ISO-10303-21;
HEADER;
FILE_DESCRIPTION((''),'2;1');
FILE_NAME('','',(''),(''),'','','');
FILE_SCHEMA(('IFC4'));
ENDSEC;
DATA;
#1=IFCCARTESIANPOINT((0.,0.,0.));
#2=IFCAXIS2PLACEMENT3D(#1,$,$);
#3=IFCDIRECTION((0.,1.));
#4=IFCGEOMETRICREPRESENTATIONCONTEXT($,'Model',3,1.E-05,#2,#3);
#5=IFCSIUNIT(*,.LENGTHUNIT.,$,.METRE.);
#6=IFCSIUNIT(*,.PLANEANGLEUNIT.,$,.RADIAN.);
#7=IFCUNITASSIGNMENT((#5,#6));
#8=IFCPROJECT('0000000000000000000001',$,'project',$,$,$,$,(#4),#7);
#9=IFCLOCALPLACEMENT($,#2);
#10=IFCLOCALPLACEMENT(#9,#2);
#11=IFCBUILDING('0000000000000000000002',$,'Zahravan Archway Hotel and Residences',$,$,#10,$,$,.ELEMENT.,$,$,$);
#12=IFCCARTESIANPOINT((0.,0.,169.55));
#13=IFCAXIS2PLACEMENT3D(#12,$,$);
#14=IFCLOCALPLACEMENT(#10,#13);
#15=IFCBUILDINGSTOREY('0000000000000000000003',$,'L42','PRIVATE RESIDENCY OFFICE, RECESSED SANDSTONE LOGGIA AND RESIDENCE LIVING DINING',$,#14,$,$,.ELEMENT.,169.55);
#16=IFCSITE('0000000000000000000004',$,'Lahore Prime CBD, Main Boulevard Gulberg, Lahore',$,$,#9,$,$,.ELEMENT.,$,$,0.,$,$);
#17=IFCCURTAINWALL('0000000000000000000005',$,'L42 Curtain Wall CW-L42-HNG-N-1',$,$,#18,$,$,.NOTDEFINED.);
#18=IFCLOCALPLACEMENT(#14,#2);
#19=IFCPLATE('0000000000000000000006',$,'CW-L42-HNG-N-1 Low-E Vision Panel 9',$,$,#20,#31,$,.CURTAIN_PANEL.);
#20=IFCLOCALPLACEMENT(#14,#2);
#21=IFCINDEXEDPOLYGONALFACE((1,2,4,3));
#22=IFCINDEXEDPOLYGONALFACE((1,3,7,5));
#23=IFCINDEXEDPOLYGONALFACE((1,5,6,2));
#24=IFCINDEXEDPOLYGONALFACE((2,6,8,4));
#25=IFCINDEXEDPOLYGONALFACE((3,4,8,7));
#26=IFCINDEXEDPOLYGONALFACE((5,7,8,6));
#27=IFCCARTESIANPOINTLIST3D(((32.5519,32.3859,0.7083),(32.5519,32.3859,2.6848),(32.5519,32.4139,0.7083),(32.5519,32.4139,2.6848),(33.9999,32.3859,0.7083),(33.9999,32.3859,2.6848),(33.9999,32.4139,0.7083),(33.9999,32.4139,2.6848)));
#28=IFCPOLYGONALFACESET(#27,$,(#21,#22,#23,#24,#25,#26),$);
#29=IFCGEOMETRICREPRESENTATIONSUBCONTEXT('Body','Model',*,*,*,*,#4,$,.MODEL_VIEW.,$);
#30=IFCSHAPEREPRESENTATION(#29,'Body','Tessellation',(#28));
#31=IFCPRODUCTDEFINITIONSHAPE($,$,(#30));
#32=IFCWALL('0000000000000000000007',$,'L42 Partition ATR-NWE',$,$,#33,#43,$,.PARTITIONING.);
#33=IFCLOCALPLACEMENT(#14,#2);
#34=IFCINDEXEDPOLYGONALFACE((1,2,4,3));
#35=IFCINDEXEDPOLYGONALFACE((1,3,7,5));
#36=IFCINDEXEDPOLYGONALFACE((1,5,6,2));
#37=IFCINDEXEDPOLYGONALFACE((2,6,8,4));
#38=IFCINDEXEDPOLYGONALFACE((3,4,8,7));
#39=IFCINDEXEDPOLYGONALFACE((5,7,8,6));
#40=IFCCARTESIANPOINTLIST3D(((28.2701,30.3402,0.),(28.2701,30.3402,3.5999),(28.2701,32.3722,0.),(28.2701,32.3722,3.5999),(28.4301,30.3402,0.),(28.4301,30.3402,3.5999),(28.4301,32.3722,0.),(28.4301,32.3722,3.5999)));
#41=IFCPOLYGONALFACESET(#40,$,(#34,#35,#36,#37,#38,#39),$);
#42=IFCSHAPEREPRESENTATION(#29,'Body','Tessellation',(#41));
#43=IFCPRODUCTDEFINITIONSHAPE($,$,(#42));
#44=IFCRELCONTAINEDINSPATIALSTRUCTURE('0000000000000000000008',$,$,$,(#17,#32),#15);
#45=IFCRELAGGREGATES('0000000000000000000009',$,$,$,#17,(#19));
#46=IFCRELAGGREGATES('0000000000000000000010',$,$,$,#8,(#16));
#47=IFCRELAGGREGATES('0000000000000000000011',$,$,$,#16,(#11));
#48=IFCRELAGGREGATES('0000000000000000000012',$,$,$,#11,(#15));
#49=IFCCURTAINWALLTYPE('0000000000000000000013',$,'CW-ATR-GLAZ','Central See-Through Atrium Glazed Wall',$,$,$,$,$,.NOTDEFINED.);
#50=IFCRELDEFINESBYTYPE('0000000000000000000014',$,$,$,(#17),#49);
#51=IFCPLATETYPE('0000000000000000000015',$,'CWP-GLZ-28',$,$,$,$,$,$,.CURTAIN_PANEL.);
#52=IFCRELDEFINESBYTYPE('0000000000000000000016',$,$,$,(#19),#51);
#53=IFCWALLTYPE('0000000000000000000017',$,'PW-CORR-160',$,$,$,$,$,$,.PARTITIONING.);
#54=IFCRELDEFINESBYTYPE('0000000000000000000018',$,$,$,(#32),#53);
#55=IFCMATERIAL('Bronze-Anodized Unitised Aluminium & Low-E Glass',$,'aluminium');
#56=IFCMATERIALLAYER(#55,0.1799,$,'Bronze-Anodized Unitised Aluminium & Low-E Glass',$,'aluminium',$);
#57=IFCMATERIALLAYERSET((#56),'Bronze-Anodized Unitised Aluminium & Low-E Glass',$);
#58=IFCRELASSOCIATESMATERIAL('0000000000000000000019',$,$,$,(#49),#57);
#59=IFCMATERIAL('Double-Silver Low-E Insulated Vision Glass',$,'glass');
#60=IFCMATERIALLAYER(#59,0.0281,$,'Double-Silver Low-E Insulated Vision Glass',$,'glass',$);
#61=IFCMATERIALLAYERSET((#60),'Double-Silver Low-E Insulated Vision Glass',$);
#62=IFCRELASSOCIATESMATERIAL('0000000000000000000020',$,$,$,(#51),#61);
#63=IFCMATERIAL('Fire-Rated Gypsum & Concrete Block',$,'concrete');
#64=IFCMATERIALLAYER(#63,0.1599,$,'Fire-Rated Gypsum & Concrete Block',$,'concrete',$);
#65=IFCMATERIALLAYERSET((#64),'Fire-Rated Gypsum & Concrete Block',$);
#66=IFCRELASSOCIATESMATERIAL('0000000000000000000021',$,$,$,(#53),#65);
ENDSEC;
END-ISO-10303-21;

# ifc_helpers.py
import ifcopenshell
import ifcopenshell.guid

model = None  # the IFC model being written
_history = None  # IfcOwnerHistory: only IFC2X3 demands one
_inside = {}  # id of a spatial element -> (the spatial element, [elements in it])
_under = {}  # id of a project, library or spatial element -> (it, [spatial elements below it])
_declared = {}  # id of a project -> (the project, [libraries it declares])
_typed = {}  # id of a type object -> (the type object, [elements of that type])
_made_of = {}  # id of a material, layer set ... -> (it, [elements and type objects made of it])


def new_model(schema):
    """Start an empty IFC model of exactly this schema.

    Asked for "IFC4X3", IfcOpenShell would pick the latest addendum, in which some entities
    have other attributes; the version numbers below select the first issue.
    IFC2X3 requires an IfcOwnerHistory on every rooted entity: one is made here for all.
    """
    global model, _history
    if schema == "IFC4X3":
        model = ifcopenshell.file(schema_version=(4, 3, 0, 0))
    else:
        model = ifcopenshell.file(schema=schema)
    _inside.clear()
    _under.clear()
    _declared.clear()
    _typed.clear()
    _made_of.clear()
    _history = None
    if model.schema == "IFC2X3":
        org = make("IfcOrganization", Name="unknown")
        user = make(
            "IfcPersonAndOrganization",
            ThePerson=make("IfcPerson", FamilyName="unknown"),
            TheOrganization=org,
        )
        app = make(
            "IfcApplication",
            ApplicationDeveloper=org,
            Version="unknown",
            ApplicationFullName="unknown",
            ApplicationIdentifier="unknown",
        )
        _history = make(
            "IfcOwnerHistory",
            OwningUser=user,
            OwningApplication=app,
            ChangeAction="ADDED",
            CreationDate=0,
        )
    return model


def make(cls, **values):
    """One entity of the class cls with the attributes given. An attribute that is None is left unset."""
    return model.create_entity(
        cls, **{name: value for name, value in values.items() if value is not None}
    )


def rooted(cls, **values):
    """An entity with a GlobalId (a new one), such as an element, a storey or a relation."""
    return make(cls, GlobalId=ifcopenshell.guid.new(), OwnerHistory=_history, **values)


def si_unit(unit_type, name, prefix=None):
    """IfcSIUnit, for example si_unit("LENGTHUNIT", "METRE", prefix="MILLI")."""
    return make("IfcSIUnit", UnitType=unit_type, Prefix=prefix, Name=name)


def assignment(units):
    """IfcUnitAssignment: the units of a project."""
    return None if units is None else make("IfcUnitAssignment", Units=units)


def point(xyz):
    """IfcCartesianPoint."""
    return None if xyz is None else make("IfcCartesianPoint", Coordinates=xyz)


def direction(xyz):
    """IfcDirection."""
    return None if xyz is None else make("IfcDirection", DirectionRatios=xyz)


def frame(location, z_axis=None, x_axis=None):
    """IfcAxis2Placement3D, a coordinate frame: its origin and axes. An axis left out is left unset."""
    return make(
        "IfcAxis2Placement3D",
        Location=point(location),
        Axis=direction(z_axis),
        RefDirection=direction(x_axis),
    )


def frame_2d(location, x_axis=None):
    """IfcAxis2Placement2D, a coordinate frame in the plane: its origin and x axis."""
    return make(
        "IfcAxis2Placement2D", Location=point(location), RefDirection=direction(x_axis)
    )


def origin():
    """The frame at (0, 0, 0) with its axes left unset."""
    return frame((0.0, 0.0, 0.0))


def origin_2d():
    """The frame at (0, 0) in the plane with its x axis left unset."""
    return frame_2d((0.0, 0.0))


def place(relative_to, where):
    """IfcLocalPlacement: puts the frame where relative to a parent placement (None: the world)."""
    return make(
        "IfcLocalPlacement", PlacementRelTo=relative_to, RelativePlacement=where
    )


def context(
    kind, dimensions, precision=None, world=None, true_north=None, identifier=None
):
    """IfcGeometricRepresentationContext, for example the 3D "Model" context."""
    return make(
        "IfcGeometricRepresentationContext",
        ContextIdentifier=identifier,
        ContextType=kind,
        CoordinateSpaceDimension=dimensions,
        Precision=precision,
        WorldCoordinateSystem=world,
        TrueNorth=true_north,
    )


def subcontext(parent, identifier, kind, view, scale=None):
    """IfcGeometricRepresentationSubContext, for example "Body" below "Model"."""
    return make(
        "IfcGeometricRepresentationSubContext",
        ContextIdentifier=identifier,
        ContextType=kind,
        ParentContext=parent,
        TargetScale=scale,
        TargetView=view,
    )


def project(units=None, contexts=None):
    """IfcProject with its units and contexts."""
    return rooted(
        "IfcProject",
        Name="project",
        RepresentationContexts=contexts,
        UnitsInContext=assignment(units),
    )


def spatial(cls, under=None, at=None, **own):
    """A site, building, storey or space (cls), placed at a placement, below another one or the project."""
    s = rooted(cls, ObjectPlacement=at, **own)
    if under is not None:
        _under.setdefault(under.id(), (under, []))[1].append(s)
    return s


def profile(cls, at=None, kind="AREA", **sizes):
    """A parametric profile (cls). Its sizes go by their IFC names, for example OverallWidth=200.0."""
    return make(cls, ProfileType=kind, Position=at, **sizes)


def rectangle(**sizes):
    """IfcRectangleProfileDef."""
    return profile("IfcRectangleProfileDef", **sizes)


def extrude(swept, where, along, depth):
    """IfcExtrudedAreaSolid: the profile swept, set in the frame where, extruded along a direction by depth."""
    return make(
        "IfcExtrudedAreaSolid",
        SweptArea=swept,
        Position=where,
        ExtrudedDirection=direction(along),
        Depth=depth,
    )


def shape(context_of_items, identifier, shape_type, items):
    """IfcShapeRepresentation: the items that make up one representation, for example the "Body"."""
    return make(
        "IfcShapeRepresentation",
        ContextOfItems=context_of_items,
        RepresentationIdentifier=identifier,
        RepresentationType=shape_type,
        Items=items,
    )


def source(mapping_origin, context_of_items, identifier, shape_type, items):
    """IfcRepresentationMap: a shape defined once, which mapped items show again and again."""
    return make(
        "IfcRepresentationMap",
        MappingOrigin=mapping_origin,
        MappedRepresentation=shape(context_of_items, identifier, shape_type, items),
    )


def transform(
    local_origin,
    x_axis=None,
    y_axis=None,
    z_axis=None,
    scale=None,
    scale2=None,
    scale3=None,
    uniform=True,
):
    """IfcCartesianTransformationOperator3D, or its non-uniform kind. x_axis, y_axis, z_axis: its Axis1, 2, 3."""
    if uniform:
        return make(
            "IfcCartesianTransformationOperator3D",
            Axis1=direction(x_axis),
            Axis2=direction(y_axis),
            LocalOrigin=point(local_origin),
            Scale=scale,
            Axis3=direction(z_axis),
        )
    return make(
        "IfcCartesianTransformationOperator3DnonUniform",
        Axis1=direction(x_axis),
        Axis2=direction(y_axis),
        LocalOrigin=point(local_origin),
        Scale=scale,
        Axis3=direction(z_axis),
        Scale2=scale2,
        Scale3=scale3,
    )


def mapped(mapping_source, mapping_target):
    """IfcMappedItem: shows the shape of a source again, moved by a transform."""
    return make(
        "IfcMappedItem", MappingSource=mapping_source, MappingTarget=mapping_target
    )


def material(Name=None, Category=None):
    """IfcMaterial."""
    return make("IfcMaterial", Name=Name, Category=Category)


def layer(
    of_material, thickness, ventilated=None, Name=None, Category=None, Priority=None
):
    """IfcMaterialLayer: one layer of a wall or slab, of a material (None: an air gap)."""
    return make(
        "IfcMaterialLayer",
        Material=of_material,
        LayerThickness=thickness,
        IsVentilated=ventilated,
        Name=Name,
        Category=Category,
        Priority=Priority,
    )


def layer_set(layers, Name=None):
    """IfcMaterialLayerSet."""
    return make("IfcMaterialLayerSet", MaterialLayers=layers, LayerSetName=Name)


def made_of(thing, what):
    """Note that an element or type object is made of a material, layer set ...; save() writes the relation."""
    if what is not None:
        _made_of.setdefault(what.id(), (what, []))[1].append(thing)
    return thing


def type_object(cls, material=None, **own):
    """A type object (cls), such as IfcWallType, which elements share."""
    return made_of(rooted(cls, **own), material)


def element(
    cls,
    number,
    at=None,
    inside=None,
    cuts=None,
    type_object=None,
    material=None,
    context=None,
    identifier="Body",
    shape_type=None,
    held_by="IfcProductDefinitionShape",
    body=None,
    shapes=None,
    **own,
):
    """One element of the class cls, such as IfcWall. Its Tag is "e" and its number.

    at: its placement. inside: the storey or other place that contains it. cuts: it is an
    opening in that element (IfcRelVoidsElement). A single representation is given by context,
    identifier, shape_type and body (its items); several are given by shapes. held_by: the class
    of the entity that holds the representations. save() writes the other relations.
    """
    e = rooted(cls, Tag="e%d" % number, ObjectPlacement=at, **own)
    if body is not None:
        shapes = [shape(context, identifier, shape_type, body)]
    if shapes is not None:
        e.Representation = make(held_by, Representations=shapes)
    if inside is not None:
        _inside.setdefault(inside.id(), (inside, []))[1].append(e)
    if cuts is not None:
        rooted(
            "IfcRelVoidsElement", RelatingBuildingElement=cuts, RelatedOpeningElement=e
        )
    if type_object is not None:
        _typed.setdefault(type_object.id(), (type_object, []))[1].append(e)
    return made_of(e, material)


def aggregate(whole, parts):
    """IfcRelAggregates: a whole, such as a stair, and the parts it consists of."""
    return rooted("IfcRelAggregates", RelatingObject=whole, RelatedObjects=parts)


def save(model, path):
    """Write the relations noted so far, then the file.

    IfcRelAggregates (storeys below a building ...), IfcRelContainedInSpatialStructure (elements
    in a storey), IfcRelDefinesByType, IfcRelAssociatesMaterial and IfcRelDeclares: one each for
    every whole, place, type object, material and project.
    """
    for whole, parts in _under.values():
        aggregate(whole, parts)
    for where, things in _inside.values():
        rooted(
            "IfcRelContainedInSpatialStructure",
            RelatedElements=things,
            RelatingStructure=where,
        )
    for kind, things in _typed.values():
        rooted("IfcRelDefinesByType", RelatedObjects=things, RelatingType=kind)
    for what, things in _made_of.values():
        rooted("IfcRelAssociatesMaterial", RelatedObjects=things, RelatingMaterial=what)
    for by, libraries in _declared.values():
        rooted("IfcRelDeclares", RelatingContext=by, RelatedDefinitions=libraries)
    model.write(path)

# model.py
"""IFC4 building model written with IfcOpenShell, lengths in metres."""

from ifc_helpers import new_model, si_unit, direction, frame, frame_2d, origin, origin_2d, place, context, subcontext, project, spatial, rectangle, extrude, source, transform, mapped, material, layer, layer_set, type_object, element, aggregate, save


model = new_model("IFC4")

# Units and contexts
model_context = context("Model", 3, precision=1e-05, world=origin(), true_north=direction((0.0, 1.0)))
body_context = subcontext(model_context, "Body", "Model", "MODEL_VIEW")
ifc_project = project(units=[si_unit("LENGTHUNIT", "METRE"), si_unit("PLANEANGLEUNIT", "RADIAN")], contexts=[model_context])

# Site, building, storey
site_placement = place(None, origin())
site = spatial("IfcSite", under=ifc_project, at=site_placement, Name="Lahore Prime CBD, Main Boulevard Gulberg, Lahore", CompositionType="ELEMENT", RefElevation=0.0)
building_placement = place(site_placement, origin())
building = spatial("IfcBuilding", under=site, at=building_placement, Name="Zahravan Archway Hotel and Residences", CompositionType="ELEMENT")
storey_placement = place(building_placement, frame((0.0, 0.0, 169.55)))
storey = spatial("IfcBuildingStorey", under=building, at=storey_placement, Name="L42", Description="PRIVATE RESIDENCY OFFICE, RECESSED SANDSTONE LOGGIA AND RESIDENCE LIVING DINING", CompositionType="ELEMENT", Elevation=169.55)

# Curtain wall
ifc_material_1 = material(Name="Bronze-Anodized Unitised Aluminium & Low-E Glass", Category="aluminium")
ifc_layer_1 = layer(ifc_material_1, 0.1799, Name="Bronze-Anodized Unitised Aluminium & Low-E Glass", Category="aluminium")
ifc_layer_set_1 = layer_set([ifc_layer_1], Name="Bronze-Anodized Unitised Aluminium & Low-E Glass")
curtain_wall_type = type_object("IfcCurtainWallType", Name="CW-ATR-GLAZ", Description="Central See-Through Atrium Glazed Wall", PredefinedType="NOTDEFINED", material=ifc_layer_set_1)
curtain_wall_1_placement = place(storey_placement, origin())
curtain_wall_1 = element("IfcCurtainWall", 1, at=curtain_wall_1_placement, inside=storey, type_object=curtain_wall_type, Name="L42 Curtain Wall CW-L42-HNG-N-1", PredefinedType="NOTDEFINED")

# Plate
ifc_material_2 = material(Name="Double-Silver Low-E Insulated Vision Glass", Category="glass")
ifc_layer_2 = layer(ifc_material_2, 0.0281, Name="Double-Silver Low-E Insulated Vision Glass", Category="glass")
ifc_layer_set_2 = layer_set([ifc_layer_2], Name="Double-Silver Low-E Insulated Vision Glass")
plate_type_1 = type_object("IfcPlateType", Name="CWP-GLZ-28", PredefinedType="CURTAIN_PANEL", material=ifc_layer_set_2)
shared_shape_1 = source(origin(), body_context, "Body", "SweptSolid", [
    extrude(rectangle(XDim=1.448, YDim=0.0281, at=origin_2d()), origin(), (0.0, 0.0, 1.0), 1.9766),
])
plate_1_placement = place(storey_placement, frame((33.2759, 32.3999, 0.7083), z_axis=(0.0, 0.0, 1.0), x_axis=(1.0, 0.0, 0.0)))
plate_1 = element("IfcPlate", 2, at=plate_1_placement, type_object=plate_type_1, Name="CW-L42-HNG-N-1 Low-E Vision Panel 9", PredefinedType="CURTAIN_PANEL", context=body_context, shape_type="MappedRepresentation", body=[
    mapped(shared_shape_1, transform((0.0, 0.0, 0.0), scale=1.0)),
])
aggregate(curtain_wall_1, [plate_1])

# Wall
ifc_material_3 = material(Name="Fire-Rated Gypsum & Concrete Block", Category="concrete")
ifc_layer_3 = layer(ifc_material_3, 0.1599, Name="Fire-Rated Gypsum & Concrete Block", Category="concrete")
ifc_layer_set_3 = layer_set([ifc_layer_3], Name="Fire-Rated Gypsum & Concrete Block")
wall_type = type_object("IfcWallType", Name="PW-CORR-160", PredefinedType="PARTITIONING", material=ifc_layer_set_3)
wall_placement = place(storey_placement, frame((28.3501, 30.3401, 0.0), z_axis=(0.0, 0.0, 1.0), x_axis=(0.0, 1.0, 0.0)))
element("IfcWall", 3, at=wall_placement, inside=storey, type_object=wall_type, Name="L42 Partition ATR-NWE", PredefinedType="PARTITIONING", context=body_context, shape_type="SweptSolid", body=[
    extrude(rectangle(XDim=2.032, YDim=0.1599, at=frame_2d((1.0161, 0.0))), origin(), (0.0, 0.0, 1.0), 3.5999),
])

save(model, "model.ifc")
